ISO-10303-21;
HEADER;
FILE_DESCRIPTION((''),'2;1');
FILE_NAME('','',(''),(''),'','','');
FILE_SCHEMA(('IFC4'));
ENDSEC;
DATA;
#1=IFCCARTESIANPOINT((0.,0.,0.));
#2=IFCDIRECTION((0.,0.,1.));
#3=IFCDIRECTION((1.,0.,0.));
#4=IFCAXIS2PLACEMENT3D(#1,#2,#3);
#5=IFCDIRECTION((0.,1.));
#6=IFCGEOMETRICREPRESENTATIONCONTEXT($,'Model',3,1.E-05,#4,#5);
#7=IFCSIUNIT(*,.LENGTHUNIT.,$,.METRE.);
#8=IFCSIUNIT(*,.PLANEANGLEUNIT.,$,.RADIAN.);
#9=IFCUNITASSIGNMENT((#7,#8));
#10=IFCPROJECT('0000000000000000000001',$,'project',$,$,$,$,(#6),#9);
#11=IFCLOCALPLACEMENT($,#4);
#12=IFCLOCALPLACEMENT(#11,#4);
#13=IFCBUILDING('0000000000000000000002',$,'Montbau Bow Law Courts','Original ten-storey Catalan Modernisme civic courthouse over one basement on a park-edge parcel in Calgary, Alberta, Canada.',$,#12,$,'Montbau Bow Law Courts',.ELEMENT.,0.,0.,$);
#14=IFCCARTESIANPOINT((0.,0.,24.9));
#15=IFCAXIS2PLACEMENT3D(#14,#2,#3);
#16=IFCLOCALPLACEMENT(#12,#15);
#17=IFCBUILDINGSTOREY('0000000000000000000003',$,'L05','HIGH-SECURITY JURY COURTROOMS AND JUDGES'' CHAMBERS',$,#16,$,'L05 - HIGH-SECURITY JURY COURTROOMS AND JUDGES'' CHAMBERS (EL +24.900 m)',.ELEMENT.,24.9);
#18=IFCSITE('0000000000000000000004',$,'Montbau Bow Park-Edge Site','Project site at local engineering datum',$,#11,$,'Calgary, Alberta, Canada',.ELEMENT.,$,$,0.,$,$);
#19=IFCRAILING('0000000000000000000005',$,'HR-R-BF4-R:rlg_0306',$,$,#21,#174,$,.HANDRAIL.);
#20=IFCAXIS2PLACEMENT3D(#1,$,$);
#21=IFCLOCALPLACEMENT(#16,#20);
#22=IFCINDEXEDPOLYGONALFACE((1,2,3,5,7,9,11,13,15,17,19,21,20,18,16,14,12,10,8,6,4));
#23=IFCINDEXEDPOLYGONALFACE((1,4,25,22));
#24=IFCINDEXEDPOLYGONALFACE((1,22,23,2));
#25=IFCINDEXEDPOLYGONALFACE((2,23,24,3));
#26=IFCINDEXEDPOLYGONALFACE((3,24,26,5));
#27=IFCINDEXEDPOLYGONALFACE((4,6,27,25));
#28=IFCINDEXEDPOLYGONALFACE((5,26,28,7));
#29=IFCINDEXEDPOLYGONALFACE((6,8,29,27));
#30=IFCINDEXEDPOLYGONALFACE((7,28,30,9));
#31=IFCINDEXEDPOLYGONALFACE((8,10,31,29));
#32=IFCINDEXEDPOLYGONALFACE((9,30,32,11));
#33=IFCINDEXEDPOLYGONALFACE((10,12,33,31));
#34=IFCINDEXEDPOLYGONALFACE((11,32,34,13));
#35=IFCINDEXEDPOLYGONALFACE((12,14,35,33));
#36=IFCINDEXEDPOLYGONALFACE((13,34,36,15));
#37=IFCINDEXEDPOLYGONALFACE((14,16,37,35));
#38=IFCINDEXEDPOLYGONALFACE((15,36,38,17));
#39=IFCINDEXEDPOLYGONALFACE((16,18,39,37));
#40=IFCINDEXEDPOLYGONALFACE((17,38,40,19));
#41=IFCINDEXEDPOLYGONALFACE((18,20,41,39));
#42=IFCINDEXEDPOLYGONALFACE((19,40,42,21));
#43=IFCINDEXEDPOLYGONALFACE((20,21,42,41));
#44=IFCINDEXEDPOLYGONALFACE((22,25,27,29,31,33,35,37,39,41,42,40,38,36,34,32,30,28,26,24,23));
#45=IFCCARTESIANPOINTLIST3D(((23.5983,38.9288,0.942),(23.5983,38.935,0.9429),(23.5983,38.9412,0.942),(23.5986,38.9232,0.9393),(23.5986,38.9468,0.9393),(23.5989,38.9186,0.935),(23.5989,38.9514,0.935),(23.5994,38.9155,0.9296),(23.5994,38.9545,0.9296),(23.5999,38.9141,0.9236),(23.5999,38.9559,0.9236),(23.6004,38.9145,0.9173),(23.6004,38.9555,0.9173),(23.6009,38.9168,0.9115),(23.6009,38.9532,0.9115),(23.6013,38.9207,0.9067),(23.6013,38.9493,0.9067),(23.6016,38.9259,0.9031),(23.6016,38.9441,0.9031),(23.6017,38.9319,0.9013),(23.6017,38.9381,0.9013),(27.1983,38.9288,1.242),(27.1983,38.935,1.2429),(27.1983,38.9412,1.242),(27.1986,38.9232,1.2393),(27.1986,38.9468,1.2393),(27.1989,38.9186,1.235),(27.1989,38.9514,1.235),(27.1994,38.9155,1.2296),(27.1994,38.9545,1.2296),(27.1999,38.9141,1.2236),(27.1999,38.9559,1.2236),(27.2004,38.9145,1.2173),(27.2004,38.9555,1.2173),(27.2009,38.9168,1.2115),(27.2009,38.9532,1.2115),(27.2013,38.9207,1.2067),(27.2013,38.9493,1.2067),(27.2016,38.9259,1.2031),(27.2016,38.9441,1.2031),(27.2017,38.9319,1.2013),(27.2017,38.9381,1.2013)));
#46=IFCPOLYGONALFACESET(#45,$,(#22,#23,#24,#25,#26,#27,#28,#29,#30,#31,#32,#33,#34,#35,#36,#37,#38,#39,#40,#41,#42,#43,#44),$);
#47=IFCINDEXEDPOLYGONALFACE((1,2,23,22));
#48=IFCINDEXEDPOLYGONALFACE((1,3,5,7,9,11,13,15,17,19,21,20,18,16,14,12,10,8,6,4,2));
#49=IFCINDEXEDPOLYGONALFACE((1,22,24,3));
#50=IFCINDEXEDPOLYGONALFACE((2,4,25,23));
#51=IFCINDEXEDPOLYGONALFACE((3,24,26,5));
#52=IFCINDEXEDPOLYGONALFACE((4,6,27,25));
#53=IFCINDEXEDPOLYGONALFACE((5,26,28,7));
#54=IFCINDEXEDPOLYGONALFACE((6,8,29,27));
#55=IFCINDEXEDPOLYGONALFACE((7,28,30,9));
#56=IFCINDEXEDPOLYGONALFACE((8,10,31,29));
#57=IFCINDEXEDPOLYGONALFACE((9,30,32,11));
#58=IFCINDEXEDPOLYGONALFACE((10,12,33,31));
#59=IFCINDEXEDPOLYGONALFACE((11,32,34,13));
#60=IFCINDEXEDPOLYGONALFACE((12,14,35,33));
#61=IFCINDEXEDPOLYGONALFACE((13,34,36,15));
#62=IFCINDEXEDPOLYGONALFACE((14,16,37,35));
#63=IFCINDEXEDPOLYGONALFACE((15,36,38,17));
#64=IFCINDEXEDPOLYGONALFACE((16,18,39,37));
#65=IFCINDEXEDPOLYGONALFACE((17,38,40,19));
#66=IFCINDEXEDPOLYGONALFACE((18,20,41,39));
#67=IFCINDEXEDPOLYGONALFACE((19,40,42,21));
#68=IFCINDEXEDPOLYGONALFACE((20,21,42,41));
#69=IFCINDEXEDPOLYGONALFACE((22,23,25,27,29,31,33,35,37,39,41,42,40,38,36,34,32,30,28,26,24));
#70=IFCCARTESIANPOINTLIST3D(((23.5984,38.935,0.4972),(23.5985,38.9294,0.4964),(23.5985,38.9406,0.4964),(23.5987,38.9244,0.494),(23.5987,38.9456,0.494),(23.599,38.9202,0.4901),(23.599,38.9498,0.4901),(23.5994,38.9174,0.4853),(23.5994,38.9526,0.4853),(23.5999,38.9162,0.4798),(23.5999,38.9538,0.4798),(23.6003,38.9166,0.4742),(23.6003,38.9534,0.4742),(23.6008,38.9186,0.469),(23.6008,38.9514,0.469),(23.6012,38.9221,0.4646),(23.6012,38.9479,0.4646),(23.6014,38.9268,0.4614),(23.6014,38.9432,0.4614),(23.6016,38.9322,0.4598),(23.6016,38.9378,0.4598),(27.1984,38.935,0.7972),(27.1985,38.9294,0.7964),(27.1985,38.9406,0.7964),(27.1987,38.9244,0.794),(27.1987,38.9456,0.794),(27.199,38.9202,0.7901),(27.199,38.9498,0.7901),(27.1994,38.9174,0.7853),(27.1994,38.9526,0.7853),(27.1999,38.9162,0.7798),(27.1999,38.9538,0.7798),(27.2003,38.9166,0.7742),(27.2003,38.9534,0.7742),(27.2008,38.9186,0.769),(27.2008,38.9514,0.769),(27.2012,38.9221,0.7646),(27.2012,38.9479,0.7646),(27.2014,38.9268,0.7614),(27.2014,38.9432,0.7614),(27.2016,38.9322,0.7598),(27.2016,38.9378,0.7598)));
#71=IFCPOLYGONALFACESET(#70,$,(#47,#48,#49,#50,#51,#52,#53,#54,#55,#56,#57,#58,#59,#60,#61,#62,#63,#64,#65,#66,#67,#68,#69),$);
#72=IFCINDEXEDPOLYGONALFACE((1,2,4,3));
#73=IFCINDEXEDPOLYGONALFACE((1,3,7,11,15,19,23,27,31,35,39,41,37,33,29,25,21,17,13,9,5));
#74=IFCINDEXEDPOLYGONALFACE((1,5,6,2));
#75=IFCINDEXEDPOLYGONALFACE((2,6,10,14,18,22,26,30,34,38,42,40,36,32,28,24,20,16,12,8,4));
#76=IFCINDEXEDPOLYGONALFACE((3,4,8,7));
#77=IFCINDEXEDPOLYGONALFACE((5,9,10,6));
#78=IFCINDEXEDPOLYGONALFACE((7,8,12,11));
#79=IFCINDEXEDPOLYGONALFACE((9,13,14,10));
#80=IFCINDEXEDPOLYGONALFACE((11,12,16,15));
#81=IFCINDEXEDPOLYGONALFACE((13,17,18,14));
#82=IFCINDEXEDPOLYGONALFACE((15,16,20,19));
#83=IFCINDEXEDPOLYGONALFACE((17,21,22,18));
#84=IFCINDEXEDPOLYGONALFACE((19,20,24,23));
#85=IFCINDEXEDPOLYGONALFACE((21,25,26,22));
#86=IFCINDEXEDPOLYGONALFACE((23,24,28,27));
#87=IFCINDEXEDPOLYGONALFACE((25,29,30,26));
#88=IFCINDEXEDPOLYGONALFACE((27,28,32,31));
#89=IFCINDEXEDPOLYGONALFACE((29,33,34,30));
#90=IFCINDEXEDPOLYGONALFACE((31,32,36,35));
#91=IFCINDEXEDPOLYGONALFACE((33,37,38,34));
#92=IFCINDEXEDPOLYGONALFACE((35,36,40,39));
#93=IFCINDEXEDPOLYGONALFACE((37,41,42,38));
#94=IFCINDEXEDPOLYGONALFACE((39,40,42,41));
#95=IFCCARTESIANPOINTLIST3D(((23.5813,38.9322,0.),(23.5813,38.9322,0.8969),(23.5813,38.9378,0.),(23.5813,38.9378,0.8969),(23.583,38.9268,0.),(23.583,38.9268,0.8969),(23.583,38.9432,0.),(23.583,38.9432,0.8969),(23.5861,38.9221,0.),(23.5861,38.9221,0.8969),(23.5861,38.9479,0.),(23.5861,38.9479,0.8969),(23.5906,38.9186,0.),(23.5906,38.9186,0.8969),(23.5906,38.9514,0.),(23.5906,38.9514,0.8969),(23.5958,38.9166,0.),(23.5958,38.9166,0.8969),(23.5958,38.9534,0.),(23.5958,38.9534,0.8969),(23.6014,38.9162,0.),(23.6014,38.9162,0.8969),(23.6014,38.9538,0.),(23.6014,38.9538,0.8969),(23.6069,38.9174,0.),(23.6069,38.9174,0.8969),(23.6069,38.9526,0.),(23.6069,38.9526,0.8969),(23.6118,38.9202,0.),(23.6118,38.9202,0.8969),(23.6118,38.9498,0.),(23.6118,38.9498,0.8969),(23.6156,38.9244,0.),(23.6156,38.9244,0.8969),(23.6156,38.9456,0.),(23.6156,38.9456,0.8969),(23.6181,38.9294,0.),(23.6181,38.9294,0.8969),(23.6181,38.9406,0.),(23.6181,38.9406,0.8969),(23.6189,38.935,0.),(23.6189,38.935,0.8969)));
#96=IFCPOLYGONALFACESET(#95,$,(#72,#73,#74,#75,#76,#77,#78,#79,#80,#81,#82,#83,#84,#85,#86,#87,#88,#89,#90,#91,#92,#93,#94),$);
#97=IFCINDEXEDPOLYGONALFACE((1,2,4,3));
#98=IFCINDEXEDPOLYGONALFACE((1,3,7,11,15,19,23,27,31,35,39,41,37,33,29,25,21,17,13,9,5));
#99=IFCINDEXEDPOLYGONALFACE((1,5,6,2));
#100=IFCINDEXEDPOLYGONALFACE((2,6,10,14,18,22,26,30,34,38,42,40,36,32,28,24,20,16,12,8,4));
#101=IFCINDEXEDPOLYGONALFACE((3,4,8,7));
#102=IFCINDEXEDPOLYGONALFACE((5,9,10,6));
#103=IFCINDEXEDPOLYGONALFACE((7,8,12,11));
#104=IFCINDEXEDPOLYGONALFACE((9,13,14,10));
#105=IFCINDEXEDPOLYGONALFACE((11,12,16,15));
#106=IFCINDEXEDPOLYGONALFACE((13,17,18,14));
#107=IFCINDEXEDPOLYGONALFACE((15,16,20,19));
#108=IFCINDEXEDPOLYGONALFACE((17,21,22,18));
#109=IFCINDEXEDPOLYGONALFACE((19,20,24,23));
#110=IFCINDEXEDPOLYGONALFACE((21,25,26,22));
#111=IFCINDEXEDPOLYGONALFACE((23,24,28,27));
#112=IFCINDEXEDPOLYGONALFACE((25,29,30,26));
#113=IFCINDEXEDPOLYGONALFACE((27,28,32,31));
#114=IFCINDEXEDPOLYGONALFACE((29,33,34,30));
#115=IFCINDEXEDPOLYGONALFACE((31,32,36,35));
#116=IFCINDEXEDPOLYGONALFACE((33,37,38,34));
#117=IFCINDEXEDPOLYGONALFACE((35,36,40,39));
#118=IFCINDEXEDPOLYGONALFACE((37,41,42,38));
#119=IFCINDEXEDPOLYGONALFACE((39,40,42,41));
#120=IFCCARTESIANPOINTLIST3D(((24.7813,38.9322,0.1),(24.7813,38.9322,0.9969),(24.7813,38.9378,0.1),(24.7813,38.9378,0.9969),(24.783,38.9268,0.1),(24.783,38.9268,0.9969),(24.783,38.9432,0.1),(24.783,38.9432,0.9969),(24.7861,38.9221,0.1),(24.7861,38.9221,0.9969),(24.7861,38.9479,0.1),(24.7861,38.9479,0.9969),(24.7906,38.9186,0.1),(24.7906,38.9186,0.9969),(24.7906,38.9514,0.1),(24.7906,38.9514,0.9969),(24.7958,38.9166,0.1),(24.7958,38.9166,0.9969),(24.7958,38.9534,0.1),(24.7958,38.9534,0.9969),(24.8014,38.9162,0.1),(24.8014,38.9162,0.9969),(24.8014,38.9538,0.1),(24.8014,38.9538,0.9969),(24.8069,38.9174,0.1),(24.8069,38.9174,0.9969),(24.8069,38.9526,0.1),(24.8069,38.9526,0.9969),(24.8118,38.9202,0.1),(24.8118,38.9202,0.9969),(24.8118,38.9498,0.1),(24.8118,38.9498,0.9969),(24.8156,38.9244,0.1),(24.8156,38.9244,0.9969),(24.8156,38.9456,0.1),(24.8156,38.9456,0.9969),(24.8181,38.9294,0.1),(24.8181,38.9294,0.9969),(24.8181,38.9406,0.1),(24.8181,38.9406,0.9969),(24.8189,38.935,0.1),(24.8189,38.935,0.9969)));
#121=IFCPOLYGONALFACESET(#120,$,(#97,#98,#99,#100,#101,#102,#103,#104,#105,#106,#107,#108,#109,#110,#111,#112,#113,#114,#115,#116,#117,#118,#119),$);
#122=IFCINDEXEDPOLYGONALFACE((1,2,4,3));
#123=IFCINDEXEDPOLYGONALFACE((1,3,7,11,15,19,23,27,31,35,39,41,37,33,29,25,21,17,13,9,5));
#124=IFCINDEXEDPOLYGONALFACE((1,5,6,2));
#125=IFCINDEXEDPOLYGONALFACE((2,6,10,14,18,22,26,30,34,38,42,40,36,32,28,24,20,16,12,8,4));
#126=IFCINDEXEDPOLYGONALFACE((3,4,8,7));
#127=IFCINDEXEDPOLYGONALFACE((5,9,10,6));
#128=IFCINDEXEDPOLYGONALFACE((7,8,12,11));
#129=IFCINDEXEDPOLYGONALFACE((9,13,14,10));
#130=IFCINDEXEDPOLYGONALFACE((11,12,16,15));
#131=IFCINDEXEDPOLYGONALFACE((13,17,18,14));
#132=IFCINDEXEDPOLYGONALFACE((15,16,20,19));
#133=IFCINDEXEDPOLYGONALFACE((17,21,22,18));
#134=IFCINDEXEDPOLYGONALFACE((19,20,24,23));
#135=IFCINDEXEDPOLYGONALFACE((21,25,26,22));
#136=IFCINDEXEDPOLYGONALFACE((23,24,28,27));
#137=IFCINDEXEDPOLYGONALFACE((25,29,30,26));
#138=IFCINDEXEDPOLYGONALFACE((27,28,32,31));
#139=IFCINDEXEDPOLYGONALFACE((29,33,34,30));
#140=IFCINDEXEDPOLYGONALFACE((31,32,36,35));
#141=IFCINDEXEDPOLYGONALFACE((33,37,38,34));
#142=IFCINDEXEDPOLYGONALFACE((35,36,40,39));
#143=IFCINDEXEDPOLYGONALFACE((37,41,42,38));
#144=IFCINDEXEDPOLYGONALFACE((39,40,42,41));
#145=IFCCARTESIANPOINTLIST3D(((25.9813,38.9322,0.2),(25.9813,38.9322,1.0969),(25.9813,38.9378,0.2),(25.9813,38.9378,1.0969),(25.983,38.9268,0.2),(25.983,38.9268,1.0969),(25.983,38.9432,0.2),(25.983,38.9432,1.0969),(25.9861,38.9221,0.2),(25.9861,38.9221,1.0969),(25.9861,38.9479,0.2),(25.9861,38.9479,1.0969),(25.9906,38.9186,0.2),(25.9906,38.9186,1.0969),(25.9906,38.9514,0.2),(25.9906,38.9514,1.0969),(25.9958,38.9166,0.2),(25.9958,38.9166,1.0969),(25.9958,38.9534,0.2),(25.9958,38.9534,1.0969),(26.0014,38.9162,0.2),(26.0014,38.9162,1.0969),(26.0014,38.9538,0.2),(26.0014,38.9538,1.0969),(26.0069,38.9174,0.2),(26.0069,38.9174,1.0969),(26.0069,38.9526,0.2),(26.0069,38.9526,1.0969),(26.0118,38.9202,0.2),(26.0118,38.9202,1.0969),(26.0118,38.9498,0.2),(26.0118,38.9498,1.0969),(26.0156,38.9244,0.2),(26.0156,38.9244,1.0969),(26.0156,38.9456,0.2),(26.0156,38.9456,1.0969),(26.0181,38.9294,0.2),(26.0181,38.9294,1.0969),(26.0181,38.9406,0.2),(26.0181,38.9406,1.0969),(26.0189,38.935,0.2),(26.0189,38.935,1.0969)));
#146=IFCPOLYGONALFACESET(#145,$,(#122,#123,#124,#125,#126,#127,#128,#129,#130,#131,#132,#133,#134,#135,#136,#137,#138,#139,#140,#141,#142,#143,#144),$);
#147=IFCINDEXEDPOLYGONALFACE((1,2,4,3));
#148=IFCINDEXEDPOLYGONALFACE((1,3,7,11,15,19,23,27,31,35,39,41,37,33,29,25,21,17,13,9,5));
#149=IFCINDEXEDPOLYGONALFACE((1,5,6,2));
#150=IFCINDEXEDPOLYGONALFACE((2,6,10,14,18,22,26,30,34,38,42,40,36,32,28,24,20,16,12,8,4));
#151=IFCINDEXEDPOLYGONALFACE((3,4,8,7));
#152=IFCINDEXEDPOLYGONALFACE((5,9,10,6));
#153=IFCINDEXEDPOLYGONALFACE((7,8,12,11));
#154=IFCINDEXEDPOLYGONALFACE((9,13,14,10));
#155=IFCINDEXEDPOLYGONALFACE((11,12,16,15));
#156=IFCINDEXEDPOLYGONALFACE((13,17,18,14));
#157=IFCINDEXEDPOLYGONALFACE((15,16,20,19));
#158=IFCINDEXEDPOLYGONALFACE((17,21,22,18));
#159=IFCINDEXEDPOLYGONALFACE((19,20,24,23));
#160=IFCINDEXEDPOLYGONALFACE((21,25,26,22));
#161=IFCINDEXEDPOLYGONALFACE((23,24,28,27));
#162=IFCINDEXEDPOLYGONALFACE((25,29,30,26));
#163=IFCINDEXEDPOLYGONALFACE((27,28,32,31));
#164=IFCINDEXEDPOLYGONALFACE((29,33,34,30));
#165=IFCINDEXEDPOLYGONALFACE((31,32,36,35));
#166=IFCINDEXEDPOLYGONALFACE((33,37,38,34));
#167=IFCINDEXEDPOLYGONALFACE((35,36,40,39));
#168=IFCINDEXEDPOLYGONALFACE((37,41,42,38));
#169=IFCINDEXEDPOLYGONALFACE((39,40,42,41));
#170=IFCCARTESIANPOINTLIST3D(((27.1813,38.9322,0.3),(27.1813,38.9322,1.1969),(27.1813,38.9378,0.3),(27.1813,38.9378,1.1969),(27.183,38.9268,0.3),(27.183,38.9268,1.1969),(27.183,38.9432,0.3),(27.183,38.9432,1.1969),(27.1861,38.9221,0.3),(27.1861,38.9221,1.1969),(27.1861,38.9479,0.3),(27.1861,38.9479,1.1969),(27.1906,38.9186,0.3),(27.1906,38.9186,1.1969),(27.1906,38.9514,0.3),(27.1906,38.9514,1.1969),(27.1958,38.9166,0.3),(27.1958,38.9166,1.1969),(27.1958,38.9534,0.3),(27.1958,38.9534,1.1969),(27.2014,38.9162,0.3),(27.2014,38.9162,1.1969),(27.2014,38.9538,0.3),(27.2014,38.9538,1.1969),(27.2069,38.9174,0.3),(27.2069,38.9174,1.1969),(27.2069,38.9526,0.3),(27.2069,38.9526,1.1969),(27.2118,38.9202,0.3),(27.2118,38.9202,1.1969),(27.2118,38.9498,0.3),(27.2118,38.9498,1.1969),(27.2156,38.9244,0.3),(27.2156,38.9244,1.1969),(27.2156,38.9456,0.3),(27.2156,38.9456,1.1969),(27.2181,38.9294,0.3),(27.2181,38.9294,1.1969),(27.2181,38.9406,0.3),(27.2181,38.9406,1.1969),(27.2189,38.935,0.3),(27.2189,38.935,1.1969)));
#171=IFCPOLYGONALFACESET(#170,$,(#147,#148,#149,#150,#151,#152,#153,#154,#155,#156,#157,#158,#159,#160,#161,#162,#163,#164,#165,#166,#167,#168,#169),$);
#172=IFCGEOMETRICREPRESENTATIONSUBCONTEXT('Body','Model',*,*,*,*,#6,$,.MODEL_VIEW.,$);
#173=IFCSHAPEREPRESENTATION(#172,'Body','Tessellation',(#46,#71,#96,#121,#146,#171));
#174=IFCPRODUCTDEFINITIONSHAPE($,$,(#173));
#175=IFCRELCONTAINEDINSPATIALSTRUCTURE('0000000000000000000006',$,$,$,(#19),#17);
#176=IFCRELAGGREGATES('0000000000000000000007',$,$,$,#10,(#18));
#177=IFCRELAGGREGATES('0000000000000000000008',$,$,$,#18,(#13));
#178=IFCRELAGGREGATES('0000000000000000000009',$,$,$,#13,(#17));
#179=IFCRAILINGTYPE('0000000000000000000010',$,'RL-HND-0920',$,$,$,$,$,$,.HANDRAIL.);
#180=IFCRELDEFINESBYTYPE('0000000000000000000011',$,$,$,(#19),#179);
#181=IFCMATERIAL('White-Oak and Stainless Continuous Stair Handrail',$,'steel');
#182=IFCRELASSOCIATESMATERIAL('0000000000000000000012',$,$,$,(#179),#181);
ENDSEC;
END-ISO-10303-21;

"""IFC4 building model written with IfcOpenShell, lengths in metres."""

from ifc_helpers import new_model, si_unit, direction, frame, origin_with_axes, origin_2d_with_axis, place, context, subcontext, project, spatial, circle, extrude, material, type_object, element, save


model = new_model("IFC4")

# Units and contexts
model_context = context("Model", 3, precision=1e-05, world=origin_with_axes(), true_north=direction((0.0, 1.0)))
body_context = subcontext(model_context, "Body", "Model", "MODEL_VIEW")
ifc_project = project(units=[si_unit("LENGTHUNIT", "METRE"), si_unit("PLANEANGLEUNIT", "RADIAN")], contexts=[model_context])

# Site, building, storey
site_placement = place(None, origin_with_axes())
site = spatial("IfcSite", under=ifc_project, at=site_placement, Name="Montbau Bow Park-Edge Site", Description="Project site at local engineering datum", LongName="Calgary, Alberta, Canada", CompositionType="ELEMENT", RefElevation=0.0)
building_placement = place(site_placement, origin_with_axes())
building = spatial("IfcBuilding", under=site, at=building_placement, Name="Montbau Bow Law Courts", Description="Original ten-storey Catalan Modernisme civic courthouse over one basement on a park-edge parcel in Calgary, Alberta, Canada.", LongName="Montbau Bow Law Courts", CompositionType="ELEMENT", ElevationOfRefHeight=0.0, ElevationOfTerrain=0.0)
storey_placement = place(building_placement, frame((0.0, 0.0, 24.9), z_axis=(0.0, 0.0, 1.0), x_axis=(1.0, 0.0, 0.0)))
storey = spatial("IfcBuildingStorey", under=building, at=storey_placement, Name="L05", Description="HIGH-SECURITY JURY COURTROOMS AND JUDGES' CHAMBERS", LongName="L05 - HIGH-SECURITY JURY COURTROOMS AND JUDGES' CHAMBERS (EL +24.900 m)", CompositionType="ELEMENT", Elevation=24.9)

# Railing
ifc_material_1 = material(Name="White-Oak and Stainless Continuous Stair Handrail", Category="steel")
railing_type_1 = type_object("IfcRailingType", Name="RL-HND-0920", PredefinedType="HANDRAIL", material=ifc_material_1)
railing_1_placement = place(None, origin_with_axes())
element("IfcRailing", 1, at=railing_1_placement, inside=storey, type_object=railing_type_1, Name="HR-R-BF4-R:rlg_0306", PredefinedType="HANDRAIL", context=body_context, shape_type="SweptSolid", body=[
    extrude(circle(Radius=0.021, at=origin_2d_with_axis()), frame((23.6, 38.935, 25.822), z_axis=(0.996546, 0.0, 0.083045), x_axis=(-0.083045, 0.0, 0.996546)), (0.0, 0.0, 1.0), 3.6125),
    extrude(circle(Radius=0.0189, at=origin_2d_with_axis()), frame((23.6, 38.935, 25.3784), z_axis=(0.996546, 0.0, 0.083045), x_axis=(-0.083045, 0.0, 0.996546)), (0.0, 0.0, 1.0), 3.6125),
    extrude(circle(Radius=0.0189, at=origin_2d_with_axis()), frame((23.6, 38.935, 24.9), z_axis=(0.0, 0.0, 1.0), x_axis=(1.0, 0.0, 0.0)), (0.0, 0.0, 1.0), 0.8969),
    extrude(circle(Radius=0.0189, at=origin_2d_with_axis()), frame((24.8, 38.935, 25.0), z_axis=(0.0, 0.0, 1.0), x_axis=(1.0, 0.0, 0.0)), (0.0, 0.0, 1.0), 0.8969),
    extrude(circle(Radius=0.0189, at=origin_2d_with_axis()), frame((26.0, 38.935, 25.1), z_axis=(0.0, 0.0, 1.0), x_axis=(1.0, 0.0, 0.0)), (0.0, 0.0, 1.0), 0.8969),
    extrude(circle(Radius=0.0189, at=origin_2d_with_axis()), frame((27.2, 38.935, 25.2), z_axis=(0.0, 0.0, 1.0), x_axis=(1.0, 0.0, 0.0)), (0.0, 0.0, 1.0), 0.8969),
])

save(model, "model.ifc")
